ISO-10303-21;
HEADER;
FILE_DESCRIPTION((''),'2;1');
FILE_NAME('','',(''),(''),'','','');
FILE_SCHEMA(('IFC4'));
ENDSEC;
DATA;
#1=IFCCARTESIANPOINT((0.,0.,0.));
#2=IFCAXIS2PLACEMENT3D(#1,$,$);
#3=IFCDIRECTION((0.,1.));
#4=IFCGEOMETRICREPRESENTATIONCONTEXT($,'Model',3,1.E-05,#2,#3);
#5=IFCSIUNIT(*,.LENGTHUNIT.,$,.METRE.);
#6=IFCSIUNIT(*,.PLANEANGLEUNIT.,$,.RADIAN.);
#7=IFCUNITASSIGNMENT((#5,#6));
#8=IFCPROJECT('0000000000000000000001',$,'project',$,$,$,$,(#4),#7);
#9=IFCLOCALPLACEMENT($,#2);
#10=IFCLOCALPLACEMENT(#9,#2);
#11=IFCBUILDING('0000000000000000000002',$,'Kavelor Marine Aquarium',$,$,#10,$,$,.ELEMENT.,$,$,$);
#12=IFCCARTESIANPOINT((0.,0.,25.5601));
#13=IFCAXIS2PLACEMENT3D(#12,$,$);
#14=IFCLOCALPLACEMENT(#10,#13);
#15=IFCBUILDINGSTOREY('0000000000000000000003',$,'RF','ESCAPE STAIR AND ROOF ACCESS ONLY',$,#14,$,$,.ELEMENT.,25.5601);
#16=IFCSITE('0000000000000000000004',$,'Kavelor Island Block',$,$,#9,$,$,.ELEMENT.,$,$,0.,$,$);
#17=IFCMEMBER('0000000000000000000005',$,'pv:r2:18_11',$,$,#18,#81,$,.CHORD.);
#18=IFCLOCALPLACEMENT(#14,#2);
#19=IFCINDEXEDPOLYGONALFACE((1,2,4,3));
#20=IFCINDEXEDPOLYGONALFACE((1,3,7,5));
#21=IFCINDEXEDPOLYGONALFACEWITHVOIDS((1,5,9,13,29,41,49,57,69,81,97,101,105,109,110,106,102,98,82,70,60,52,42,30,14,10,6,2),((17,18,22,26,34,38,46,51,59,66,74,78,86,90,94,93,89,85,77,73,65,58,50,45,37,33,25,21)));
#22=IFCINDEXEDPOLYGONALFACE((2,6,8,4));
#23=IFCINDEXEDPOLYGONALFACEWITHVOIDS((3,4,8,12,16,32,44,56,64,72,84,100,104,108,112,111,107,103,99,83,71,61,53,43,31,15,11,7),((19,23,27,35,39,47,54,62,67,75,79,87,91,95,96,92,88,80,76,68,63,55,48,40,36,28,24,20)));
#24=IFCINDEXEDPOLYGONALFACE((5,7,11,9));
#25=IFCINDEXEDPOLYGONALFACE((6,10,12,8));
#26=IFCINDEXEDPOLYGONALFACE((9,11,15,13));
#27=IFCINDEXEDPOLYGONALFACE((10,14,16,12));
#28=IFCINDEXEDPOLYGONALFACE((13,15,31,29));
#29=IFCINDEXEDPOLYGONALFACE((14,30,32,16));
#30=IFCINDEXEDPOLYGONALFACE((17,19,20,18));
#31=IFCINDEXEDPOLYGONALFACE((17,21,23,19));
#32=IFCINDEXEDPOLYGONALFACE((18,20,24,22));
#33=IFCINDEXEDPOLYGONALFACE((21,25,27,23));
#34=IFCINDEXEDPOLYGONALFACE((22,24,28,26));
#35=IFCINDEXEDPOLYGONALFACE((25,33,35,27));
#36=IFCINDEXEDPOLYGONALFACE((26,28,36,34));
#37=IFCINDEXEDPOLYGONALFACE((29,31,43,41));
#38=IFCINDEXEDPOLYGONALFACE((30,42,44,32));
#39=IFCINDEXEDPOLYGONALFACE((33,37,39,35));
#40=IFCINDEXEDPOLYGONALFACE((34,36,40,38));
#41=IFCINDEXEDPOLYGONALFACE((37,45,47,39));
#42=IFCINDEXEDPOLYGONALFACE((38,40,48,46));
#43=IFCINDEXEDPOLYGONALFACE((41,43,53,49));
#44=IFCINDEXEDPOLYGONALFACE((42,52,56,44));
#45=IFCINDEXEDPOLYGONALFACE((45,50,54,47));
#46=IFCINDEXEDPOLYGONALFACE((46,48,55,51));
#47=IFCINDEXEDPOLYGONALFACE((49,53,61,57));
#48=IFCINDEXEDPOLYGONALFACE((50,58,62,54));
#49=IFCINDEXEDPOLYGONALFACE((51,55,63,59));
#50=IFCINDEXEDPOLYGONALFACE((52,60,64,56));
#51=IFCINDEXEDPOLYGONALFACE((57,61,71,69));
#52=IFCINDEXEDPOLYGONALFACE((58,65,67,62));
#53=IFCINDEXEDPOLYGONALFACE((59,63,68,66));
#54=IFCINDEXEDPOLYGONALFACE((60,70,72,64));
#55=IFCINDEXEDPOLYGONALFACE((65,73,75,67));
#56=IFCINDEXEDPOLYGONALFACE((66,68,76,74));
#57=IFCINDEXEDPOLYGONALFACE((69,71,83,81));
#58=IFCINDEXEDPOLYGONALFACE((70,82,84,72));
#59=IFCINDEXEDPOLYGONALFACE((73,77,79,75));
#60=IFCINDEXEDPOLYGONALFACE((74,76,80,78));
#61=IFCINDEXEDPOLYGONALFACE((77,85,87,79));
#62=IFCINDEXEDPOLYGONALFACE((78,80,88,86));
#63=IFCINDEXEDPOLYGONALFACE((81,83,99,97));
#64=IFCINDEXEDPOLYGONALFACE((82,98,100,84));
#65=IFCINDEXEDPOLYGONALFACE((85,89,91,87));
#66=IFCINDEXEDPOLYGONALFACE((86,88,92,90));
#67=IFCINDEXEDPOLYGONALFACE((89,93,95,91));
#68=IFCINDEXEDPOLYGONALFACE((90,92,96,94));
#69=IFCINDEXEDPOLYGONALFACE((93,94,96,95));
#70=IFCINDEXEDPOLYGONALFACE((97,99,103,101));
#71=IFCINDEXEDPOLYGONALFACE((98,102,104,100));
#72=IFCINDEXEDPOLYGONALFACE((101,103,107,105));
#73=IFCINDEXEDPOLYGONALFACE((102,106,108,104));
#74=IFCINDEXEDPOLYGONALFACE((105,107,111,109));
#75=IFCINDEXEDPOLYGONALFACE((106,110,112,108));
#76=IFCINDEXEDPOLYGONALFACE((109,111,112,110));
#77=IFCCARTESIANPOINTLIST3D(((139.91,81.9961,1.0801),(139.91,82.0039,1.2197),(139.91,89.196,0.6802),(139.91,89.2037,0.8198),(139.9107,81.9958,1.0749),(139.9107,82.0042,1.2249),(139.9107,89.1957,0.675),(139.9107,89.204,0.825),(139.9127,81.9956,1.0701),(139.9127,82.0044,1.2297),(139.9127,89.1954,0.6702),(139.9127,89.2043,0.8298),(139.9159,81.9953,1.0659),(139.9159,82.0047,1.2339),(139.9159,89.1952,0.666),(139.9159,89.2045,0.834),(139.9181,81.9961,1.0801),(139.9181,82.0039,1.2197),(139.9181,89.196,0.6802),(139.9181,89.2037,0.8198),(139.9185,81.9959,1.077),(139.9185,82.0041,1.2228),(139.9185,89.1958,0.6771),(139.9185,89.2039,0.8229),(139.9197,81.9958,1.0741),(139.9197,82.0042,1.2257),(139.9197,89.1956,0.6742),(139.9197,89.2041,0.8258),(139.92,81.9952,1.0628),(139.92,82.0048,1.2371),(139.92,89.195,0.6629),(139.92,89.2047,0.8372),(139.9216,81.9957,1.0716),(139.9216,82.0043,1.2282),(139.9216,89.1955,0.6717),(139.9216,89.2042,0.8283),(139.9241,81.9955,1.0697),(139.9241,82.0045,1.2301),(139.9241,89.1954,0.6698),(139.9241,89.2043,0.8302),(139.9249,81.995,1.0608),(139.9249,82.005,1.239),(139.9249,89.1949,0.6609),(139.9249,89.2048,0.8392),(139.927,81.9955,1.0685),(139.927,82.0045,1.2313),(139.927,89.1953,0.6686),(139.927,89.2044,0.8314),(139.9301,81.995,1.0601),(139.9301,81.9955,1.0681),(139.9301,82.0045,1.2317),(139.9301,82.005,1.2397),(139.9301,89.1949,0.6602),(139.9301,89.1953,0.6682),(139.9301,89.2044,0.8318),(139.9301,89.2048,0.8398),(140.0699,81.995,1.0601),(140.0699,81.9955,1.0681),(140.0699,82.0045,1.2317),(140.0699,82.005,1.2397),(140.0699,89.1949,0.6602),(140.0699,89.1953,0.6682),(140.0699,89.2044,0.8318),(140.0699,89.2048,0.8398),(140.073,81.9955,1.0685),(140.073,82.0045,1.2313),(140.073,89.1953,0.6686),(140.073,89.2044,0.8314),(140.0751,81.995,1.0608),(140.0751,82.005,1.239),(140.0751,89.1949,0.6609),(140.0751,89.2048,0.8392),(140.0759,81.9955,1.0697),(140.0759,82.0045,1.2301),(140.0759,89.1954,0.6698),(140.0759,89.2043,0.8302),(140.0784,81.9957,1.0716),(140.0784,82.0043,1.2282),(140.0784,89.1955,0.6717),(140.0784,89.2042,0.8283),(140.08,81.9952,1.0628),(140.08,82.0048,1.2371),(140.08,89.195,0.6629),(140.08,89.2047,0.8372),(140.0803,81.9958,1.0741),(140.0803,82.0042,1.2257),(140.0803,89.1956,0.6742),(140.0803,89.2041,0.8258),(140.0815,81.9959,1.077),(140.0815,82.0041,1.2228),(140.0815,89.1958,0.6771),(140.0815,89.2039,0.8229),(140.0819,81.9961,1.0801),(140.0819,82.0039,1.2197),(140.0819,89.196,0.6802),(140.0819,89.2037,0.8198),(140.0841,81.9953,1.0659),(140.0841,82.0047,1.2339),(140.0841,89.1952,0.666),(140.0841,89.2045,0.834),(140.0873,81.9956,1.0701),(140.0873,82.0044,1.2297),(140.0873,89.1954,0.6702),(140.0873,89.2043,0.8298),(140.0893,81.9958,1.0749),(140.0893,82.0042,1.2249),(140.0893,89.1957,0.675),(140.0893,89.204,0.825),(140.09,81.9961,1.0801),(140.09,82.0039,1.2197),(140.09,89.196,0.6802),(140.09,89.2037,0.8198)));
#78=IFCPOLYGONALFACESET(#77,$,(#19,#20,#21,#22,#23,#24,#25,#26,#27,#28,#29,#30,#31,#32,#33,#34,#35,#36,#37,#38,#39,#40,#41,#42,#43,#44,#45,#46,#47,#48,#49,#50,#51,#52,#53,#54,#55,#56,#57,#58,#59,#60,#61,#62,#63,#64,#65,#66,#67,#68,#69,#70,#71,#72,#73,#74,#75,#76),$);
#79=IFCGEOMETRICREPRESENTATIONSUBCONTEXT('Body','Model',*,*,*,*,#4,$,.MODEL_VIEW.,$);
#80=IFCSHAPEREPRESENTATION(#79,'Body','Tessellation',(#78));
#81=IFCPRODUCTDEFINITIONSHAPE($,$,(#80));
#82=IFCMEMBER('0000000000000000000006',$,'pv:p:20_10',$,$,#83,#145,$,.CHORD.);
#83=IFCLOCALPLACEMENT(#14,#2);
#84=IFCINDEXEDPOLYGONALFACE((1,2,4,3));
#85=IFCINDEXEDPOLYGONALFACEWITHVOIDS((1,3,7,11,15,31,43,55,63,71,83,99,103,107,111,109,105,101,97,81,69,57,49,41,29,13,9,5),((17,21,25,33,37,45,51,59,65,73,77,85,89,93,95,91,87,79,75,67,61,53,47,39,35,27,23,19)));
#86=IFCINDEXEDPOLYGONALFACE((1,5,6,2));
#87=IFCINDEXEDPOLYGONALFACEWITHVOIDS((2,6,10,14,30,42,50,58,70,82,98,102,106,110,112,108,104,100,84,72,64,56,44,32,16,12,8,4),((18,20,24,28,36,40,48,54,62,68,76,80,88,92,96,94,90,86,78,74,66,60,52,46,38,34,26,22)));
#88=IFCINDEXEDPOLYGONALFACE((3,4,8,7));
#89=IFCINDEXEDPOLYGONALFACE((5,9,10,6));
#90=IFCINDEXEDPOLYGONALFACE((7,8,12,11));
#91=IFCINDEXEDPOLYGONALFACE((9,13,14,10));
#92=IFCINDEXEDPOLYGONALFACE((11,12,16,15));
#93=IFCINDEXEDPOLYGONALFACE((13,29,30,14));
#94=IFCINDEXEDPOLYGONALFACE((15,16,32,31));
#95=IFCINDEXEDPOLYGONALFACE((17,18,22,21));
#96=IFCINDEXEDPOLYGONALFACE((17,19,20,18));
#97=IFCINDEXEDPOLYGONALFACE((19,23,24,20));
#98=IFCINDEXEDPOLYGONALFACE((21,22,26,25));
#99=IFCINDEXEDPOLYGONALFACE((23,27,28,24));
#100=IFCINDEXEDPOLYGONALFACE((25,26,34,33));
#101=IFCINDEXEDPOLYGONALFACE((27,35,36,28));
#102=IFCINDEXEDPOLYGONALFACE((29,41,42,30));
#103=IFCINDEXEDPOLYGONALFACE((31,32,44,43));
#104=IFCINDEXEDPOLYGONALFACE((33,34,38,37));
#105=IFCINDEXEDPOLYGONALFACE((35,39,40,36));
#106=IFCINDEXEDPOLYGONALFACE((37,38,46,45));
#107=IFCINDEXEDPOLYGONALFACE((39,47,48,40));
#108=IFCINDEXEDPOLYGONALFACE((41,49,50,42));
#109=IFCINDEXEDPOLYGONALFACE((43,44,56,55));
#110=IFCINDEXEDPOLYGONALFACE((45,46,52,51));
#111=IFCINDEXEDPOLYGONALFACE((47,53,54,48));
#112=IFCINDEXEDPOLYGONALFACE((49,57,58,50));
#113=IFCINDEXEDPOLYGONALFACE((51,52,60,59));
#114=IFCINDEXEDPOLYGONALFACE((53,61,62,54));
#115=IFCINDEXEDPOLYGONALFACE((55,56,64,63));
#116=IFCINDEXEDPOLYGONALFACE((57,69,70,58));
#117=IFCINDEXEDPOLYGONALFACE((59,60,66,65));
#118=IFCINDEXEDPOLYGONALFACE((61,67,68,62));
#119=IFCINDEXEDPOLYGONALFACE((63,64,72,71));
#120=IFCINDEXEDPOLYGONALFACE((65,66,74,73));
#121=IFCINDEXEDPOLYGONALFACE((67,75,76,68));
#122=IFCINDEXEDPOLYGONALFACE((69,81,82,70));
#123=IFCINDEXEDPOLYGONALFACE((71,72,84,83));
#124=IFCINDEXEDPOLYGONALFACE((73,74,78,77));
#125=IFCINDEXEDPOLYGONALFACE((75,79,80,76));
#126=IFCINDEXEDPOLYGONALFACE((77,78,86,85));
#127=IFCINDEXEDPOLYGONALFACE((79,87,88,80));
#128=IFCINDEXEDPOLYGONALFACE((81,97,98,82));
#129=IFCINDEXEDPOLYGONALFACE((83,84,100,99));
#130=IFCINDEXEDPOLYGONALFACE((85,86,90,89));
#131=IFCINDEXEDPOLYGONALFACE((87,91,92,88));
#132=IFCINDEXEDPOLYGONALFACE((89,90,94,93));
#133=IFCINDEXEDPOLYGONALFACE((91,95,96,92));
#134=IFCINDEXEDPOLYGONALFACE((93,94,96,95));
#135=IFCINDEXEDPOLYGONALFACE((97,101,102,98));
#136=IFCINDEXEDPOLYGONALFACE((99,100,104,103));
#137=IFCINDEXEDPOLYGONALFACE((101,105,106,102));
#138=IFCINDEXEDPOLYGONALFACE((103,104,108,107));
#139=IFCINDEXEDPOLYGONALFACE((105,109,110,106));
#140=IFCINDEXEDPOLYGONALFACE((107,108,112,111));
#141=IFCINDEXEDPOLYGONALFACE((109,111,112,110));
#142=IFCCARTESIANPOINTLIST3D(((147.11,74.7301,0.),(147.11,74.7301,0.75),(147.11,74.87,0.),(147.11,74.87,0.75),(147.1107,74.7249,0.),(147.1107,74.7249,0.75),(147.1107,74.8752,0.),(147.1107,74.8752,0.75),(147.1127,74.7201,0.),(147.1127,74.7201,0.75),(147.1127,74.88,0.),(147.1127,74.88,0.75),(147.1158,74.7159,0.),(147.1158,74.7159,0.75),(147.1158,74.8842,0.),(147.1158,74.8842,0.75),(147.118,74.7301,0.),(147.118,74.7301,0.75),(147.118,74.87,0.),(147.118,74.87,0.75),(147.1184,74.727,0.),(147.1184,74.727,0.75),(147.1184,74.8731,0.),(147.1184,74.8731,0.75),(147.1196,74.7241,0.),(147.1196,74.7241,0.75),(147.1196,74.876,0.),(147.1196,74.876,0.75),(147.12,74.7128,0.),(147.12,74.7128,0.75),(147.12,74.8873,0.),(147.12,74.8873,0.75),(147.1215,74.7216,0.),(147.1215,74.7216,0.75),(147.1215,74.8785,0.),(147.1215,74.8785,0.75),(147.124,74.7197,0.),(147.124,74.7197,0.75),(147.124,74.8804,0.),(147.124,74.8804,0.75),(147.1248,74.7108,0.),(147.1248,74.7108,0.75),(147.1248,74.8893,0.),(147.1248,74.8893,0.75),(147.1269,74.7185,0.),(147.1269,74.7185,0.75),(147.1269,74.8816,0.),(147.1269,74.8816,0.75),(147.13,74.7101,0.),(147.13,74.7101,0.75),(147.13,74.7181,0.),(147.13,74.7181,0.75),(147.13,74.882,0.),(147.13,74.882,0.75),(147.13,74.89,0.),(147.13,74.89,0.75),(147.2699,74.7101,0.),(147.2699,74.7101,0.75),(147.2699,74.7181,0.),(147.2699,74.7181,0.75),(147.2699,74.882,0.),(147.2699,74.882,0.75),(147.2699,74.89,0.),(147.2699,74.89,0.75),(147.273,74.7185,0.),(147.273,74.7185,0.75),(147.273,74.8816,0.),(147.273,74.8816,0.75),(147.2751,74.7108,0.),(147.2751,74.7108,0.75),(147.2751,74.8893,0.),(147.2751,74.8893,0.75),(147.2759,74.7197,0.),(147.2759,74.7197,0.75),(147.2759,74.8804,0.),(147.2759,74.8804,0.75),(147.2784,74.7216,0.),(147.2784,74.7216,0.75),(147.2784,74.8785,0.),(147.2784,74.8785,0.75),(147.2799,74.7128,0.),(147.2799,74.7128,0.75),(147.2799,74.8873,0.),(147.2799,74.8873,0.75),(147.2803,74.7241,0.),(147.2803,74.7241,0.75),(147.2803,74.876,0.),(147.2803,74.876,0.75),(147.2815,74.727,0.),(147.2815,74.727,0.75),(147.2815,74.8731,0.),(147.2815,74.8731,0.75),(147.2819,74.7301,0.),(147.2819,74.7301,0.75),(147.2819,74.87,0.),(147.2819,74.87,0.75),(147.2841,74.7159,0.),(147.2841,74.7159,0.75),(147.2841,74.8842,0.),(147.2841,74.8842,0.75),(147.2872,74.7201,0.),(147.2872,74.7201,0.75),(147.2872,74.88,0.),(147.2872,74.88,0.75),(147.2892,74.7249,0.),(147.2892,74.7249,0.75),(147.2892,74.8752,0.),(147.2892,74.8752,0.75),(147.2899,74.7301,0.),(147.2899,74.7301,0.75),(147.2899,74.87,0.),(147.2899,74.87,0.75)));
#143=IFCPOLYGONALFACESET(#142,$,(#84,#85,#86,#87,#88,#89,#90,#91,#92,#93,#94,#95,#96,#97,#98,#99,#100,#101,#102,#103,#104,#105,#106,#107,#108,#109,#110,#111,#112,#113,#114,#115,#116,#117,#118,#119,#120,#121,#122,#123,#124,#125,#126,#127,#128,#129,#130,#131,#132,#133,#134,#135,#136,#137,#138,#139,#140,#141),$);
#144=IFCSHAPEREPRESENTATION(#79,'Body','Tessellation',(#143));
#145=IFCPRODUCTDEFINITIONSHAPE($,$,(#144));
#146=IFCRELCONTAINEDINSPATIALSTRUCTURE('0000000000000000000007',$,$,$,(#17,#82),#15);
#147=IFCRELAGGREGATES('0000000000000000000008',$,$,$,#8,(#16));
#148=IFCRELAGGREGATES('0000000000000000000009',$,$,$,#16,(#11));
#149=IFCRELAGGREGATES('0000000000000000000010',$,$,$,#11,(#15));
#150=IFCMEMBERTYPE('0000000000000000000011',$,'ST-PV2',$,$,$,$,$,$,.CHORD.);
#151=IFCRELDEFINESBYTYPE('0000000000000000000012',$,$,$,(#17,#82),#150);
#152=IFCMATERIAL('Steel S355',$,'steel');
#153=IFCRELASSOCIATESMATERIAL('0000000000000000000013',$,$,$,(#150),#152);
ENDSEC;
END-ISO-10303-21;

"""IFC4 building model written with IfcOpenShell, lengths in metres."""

from ifc_helpers import new_model, si_unit, direction, frame, origin, origin_2d, place, context, subcontext, project, spatial, hollow_rectangle, extrude, material, material_profile, profile_set, type_object, element, save


model = new_model("IFC4")

# Units and contexts
model_context = context("Model", 3, precision=1e-05, world=origin(), true_north=direction((0.0, 1.0)))
body_context = subcontext(model_context, "Body", "Model", "MODEL_VIEW")
ifc_project = project(units=[si_unit("LENGTHUNIT", "METRE"), si_unit("PLANEANGLEUNIT", "RADIAN")], contexts=[model_context])

# Site, building, storey
site_placement = place(None, origin())
site = spatial("IfcSite", under=ifc_project, at=site_placement, Name="Kavelor Island Block", CompositionType="ELEMENT", RefElevation=0.0)
building_placement = place(site_placement, origin())
building = spatial("IfcBuilding", under=site, at=building_placement, Name="Kavelor Marine Aquarium", CompositionType="ELEMENT")
storey_placement = place(building_placement, frame((0.0, 0.0, 25.5601)))
storey = spatial("IfcBuildingStorey", under=building, at=storey_placement, Name="RF", Description="ESCAPE STAIR AND ROOF ACCESS ONLY", CompositionType="ELEMENT", Elevation=25.5601)

# Members
ifc_material_1 = material(Name="Steel S355", Category="steel")
ifc_material_profile_1 = material_profile(ifc_material_1, hollow_rectangle(XDim=0.1799, YDim=0.1799, WallThickness=0.0081, InnerFilletRadius=0.012, OuterFilletRadius=0.02, at=origin_2d()), Name="SHS 180x180x8.0")
ifc_profile_set_1 = profile_set([ifc_material_profile_1], Name="Steel S355")
member_type_1 = type_object("IfcMemberType", Name="ST-PV2", PredefinedType="CHORD", material=ifc_profile_set_1)
for number, where, z_axis, x_axis, name in (
    (1, (140.0, 82.0, 1.1499), (0.0, 0.998461, -0.055457), (-1.0, 0.0, 0.0), "pv:r2:18_11"),
):
    element("IfcMember", number, at=place(storey_placement, frame(where, z_axis=z_axis, x_axis=x_axis)), inside=storey, type_object=member_type_1, Name=name, PredefinedType="CHORD", context=body_context, shape_type="SweptSolid", body=[
        extrude(hollow_rectangle(XDim=0.1799, YDim=0.1799, WallThickness=0.0081, InnerFilletRadius=0.012, OuterFilletRadius=0.02, at=origin_2d()), origin(), (0.0, 0.0, 1.0), 7.2109),
    ])
member_1_placement = place(storey_placement, frame((147.2, 74.8, 0.0), z_axis=(0.0, 0.0, 1.0), x_axis=(1.0, 0.0, 0.0)))
element("IfcMember", 2, at=member_1_placement, inside=storey, type_object=member_type_1, Name="pv:p:20_10", PredefinedType="CHORD", context=body_context, shape_type="SweptSolid", body=[
    extrude(hollow_rectangle(XDim=0.1799, YDim=0.1799, WallThickness=0.0081, InnerFilletRadius=0.012, OuterFilletRadius=0.02, at=origin_2d()), origin(), (0.0, 0.0, 1.0), 0.75),
])

save(model, "model.ifc")
